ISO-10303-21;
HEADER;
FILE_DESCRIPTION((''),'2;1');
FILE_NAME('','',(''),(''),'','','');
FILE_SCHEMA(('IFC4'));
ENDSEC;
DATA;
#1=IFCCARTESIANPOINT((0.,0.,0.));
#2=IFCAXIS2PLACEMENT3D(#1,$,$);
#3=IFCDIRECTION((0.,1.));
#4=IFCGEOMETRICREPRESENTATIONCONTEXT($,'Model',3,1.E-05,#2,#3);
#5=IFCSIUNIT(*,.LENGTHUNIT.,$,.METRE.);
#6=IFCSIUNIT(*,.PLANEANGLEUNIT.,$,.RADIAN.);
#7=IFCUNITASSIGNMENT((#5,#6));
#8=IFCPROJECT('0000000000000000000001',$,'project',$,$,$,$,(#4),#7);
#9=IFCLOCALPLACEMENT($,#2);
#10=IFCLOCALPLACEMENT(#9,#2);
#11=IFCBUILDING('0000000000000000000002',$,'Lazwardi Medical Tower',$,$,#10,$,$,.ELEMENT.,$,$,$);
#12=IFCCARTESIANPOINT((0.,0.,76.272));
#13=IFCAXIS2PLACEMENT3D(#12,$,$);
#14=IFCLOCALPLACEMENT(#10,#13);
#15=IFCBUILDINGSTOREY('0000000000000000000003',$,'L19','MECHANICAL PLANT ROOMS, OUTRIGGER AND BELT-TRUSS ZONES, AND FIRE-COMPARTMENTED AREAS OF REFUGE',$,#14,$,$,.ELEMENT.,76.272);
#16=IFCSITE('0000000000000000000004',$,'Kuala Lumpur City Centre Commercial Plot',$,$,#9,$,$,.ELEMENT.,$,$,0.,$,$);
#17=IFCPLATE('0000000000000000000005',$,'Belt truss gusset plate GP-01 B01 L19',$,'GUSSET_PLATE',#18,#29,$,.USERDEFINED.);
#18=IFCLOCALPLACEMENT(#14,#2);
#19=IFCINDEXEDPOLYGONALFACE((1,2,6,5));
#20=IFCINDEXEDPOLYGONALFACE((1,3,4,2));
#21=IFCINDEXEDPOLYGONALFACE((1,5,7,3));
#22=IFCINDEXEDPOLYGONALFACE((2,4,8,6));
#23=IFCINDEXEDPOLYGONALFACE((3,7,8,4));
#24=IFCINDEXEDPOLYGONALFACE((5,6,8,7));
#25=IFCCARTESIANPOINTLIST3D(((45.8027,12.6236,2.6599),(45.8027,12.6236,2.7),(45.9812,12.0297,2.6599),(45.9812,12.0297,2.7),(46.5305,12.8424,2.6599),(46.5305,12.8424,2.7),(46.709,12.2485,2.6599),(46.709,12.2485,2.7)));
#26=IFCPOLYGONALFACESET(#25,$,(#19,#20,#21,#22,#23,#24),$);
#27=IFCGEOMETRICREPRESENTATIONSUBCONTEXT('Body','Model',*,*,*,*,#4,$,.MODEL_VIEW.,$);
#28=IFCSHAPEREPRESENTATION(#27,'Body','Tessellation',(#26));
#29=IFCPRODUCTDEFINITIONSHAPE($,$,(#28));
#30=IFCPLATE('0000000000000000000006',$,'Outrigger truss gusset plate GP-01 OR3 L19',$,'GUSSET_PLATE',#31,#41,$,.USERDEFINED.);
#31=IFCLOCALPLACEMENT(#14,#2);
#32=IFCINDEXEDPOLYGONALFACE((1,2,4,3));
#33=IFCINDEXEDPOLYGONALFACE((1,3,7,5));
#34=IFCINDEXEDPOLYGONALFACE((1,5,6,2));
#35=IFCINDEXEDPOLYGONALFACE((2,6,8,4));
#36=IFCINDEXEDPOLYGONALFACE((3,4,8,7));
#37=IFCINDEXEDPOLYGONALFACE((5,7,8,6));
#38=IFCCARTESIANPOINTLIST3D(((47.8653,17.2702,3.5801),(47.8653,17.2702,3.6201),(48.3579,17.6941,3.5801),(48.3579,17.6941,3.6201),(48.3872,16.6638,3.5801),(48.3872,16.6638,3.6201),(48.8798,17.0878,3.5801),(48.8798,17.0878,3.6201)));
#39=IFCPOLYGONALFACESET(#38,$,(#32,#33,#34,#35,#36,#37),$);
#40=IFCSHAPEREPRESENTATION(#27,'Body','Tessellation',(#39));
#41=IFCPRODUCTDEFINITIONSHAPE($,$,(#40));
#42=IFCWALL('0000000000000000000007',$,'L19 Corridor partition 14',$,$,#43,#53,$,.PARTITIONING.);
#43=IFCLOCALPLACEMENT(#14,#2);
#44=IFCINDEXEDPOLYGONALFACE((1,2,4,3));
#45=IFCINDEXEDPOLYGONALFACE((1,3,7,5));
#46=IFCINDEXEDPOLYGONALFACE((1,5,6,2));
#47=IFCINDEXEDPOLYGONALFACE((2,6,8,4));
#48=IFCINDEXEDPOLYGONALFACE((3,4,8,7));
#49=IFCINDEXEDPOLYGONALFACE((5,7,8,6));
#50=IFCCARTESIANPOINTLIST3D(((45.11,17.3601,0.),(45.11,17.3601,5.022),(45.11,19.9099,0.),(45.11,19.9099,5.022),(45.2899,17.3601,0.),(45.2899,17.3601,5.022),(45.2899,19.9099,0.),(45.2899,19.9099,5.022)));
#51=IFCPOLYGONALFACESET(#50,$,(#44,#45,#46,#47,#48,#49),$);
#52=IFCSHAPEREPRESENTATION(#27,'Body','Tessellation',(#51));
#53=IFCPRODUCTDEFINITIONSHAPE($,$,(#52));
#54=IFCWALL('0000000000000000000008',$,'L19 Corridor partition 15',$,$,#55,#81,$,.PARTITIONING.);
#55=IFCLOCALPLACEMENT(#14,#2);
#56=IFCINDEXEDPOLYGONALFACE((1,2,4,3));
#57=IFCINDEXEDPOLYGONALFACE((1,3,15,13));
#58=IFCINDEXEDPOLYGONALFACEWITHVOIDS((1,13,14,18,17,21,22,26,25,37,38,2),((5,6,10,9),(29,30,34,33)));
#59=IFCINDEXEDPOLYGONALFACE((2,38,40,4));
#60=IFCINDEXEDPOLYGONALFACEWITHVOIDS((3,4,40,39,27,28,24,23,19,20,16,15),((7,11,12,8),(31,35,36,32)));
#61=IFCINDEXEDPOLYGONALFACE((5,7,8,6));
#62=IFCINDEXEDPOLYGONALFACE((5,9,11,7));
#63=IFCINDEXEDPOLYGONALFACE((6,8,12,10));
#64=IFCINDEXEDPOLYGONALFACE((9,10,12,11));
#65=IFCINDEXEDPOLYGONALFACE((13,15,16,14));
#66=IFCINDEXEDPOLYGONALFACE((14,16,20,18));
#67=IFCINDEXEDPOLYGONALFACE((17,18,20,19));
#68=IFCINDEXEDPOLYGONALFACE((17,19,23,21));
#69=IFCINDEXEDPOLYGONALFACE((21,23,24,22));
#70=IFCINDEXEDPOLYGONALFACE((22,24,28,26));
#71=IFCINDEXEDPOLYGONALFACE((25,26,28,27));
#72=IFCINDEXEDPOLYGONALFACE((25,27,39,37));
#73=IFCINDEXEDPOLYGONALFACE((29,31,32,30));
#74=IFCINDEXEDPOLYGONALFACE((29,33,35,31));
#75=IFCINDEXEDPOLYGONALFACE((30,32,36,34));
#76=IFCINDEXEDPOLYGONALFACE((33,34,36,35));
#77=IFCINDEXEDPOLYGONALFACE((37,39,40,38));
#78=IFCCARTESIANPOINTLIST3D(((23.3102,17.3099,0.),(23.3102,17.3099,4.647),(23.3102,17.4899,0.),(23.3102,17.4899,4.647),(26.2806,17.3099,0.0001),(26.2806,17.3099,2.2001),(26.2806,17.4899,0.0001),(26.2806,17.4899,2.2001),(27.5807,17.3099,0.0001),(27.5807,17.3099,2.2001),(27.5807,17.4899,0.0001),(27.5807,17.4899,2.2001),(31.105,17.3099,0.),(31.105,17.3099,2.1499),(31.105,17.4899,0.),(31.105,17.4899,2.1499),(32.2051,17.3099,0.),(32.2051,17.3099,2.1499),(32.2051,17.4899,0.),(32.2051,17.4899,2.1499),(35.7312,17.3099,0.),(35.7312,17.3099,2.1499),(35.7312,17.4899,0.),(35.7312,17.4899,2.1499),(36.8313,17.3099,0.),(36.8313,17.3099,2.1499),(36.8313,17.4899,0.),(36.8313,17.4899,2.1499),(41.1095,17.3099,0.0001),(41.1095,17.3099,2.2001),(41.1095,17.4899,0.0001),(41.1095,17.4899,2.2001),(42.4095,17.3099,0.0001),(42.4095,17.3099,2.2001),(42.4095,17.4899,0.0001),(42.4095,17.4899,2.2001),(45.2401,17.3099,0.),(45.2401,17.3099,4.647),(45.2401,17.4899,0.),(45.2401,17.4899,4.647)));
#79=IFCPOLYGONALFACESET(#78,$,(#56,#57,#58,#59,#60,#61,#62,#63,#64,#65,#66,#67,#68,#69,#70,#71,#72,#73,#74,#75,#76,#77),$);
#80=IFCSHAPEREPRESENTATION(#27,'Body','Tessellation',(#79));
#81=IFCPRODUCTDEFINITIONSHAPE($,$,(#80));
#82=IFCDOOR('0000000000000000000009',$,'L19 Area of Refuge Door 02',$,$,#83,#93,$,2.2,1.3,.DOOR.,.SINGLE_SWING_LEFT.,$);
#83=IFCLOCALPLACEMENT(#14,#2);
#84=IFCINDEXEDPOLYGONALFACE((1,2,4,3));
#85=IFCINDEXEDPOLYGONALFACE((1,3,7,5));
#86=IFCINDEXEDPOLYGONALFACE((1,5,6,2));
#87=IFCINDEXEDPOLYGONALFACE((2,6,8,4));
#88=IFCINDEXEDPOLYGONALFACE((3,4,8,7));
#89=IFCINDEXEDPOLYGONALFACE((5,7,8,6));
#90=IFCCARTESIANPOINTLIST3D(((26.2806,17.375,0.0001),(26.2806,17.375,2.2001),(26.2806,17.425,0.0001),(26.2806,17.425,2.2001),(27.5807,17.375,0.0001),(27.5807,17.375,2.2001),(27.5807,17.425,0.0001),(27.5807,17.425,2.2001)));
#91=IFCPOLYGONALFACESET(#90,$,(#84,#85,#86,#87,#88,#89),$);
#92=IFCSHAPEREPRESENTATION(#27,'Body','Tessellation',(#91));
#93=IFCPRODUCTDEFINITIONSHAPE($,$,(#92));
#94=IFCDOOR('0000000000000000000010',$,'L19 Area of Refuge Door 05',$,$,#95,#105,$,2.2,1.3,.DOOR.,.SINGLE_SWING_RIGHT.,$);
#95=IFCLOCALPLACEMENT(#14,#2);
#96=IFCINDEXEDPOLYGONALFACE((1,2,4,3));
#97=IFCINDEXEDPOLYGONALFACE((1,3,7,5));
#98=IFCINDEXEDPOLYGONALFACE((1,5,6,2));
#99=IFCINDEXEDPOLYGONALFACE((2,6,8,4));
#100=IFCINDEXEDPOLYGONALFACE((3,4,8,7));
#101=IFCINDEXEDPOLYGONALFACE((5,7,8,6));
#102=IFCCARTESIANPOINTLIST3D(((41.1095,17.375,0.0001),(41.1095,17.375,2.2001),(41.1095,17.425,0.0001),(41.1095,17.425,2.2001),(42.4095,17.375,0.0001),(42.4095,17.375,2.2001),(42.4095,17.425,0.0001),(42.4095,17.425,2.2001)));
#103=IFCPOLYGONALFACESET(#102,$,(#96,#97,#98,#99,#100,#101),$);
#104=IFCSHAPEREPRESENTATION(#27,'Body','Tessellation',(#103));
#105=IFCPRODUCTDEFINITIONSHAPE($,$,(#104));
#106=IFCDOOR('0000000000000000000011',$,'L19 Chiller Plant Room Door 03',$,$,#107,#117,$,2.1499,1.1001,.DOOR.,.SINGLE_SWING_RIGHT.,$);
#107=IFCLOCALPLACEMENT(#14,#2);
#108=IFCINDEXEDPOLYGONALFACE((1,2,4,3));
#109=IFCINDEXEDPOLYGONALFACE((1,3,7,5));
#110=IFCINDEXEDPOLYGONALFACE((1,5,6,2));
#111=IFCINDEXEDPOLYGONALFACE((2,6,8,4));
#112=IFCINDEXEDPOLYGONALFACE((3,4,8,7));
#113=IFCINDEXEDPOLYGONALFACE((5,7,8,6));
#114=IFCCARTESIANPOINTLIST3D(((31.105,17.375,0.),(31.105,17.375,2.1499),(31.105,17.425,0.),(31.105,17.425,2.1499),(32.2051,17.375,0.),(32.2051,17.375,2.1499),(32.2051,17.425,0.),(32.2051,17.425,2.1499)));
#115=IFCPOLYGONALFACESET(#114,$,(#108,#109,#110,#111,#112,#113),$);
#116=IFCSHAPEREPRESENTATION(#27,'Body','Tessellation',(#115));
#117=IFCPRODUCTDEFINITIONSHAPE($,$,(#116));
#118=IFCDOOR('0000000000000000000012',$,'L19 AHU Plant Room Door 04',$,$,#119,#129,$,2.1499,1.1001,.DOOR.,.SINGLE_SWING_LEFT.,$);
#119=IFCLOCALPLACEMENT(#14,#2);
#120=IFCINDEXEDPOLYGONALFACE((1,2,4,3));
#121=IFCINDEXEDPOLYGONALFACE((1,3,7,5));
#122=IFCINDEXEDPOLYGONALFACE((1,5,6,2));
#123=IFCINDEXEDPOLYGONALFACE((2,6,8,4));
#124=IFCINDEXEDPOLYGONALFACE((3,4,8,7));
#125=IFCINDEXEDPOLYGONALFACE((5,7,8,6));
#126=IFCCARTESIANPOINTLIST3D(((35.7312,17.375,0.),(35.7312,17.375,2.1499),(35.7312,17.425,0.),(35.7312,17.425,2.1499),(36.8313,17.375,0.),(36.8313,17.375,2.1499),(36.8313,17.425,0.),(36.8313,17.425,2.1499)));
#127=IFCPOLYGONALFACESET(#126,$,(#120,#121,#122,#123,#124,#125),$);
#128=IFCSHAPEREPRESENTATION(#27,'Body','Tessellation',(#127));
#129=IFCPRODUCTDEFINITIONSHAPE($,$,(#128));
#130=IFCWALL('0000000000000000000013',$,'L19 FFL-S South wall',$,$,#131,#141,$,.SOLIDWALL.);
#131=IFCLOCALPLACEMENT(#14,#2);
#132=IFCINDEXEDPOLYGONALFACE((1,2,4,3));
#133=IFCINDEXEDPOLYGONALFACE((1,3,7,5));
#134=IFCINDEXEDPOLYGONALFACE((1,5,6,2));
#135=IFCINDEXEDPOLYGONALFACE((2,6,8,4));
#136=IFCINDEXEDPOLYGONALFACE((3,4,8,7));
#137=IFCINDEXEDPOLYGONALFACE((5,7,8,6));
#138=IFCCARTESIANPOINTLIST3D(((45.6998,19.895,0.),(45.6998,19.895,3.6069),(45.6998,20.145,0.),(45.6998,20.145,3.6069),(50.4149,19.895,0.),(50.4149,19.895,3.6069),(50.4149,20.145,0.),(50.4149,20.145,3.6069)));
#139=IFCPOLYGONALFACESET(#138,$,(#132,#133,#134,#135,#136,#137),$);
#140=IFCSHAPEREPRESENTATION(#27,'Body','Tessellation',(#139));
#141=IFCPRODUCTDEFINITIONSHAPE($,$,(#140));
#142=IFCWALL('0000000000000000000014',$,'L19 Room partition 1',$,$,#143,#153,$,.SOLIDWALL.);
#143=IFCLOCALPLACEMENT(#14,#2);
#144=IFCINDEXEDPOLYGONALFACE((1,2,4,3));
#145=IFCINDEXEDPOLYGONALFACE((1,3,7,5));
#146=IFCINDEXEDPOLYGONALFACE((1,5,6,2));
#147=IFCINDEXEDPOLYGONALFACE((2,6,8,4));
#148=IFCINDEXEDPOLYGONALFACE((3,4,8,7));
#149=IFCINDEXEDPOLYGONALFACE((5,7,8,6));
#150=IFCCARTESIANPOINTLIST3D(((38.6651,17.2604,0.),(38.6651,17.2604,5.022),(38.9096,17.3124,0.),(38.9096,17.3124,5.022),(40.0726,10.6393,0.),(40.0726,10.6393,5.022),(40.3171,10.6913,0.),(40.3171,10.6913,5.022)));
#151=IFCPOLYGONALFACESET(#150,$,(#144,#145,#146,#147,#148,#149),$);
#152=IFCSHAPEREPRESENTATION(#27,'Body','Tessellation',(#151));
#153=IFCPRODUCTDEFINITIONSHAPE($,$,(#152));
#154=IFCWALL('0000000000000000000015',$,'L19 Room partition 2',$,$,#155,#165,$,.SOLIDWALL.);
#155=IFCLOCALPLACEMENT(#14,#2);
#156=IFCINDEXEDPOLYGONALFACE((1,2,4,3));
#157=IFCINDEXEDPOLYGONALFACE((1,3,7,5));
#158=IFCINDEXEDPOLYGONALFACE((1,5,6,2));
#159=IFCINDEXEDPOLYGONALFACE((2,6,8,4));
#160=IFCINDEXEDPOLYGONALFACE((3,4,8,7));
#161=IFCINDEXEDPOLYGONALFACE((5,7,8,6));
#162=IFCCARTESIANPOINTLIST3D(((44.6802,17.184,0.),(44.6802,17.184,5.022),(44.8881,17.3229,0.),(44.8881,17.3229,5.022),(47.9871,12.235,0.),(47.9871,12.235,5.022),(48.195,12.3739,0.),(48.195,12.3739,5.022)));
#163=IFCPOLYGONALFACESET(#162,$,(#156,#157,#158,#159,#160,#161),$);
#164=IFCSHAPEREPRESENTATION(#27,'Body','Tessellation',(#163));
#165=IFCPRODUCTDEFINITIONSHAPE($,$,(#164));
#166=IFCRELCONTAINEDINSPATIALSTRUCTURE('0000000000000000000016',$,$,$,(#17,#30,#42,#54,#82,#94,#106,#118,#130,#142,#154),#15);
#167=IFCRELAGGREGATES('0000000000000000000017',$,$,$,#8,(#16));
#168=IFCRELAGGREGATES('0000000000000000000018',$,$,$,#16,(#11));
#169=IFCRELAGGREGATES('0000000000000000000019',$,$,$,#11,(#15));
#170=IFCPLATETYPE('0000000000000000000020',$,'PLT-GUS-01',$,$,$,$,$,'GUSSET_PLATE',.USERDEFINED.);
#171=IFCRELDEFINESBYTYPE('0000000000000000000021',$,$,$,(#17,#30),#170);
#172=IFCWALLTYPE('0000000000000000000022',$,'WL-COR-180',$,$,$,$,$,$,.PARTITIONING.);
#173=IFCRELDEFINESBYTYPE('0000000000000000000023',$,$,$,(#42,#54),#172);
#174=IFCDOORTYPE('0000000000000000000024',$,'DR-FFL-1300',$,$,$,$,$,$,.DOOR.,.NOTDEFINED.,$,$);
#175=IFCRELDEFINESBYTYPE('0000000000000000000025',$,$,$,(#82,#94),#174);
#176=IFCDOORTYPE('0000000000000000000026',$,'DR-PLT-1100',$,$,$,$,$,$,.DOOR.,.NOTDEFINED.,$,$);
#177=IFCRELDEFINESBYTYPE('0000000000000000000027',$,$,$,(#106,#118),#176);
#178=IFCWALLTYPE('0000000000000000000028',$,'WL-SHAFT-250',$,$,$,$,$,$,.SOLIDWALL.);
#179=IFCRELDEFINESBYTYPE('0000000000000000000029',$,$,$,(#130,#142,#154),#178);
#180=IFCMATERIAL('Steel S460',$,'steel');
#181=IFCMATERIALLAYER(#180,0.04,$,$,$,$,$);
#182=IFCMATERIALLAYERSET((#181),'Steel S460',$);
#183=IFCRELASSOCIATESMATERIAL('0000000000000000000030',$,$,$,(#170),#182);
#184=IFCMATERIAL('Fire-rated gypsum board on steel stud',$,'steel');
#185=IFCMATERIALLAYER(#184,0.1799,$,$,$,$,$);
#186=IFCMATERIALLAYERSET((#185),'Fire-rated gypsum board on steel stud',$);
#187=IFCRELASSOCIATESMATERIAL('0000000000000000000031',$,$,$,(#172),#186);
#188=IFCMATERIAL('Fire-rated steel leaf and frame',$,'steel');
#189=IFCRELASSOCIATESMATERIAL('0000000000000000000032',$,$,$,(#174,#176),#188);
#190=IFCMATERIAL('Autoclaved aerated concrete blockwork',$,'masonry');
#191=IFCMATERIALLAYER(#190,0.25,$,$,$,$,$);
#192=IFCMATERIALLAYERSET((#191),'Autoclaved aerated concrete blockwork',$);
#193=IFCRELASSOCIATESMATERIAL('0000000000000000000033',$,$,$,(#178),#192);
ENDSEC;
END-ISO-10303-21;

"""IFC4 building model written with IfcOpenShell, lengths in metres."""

from ifc_helpers import new_model, si_unit, direction, frame, frame_2d, origin, origin_2d, place, context, subcontext, project, spatial, rectangle, extrude, material, layer, layer_set, type_object, element, fill, save


model = new_model("IFC4")

# Units and contexts
model_context = context("Model", 3, precision=1e-05, world=origin(), true_north=direction((0.0, 1.0)))
body_context = subcontext(model_context, "Body", "Model", "MODEL_VIEW")
ifc_project = project(units=[si_unit("LENGTHUNIT", "METRE"), si_unit("PLANEANGLEUNIT", "RADIAN")], contexts=[model_context])

# Site, building, storey
site_placement = place(None, origin())
site = spatial("IfcSite", under=ifc_project, at=site_placement, Name="Kuala Lumpur City Centre Commercial Plot", CompositionType="ELEMENT", RefElevation=0.0)
building_placement = place(site_placement, origin())
building = spatial("IfcBuilding", under=site, at=building_placement, Name="Lazwardi Medical Tower", CompositionType="ELEMENT")
storey_placement = place(building_placement, frame((0.0, 0.0, 76.272)))
storey = spatial("IfcBuildingStorey", under=building, at=storey_placement, Name="L19", Description="MECHANICAL PLANT ROOMS, OUTRIGGER AND BELT-TRUSS ZONES, AND FIRE-COMPARTMENTED AREAS OF REFUGE", CompositionType="ELEMENT", Elevation=76.272)

# Shared definitions
ifc_material_1 = material(Name="Steel S460", Category="steel")

# Plates
ifc_layer_1 = layer(ifc_material_1, 0.04)
ifc_layer_set_1 = layer_set([ifc_layer_1], Name="Steel S460")
plate_type = type_object("IfcPlateType", Name="PLT-GUS-01", ElementType="GUSSET_PLATE", PredefinedType="USERDEFINED", material=ifc_layer_set_1)
for number, where, z_axis, x_axis, name in (
    (1, (46.2559, 12.436, 2.6599), (0.0, 0.0, 1.0), (0.957672, 0.287862, 0.0), "Belt truss gusset plate GP-01 B01 L19"),
):
    element("IfcPlate", number, at=place(storey_placement, frame(where, z_axis=z_axis, x_axis=x_axis)), inside=storey, type_object=plate_type, Name=name, ObjectType="GUSSET_PLATE", PredefinedType="USERDEFINED", context=body_context, shape_type="SweptSolid", body=[
        extrude(rectangle(XDim=0.76, YDim=0.6201, at=origin_2d()), origin(), (0.0, 0.0, 1.0), 0.04),
    ])
plate_placement = place(storey_placement, frame((48.3726, 17.179, 3.5801), z_axis=(0.0, 0.0, 1.0), x_axis=(0.652363, -0.757907, 0.0)))
element("IfcPlate", 2, at=plate_placement, inside=storey, type_object=plate_type, Name="Outrigger truss gusset plate GP-01 OR3 L19", ObjectType="GUSSET_PLATE", PredefinedType="USERDEFINED", context=body_context, shape_type="SweptSolid", body=[
    extrude(rectangle(XDim=0.8, YDim=0.6499, at=origin_2d()), origin(), (0.0, 0.0, 1.0), 0.04),
])

# Wall
ifc_material_2 = material(Name="Fire-rated gypsum board on steel stud", Category="steel")
ifc_layer_2 = layer(ifc_material_2, 0.1799)
ifc_layer_set_2 = layer_set([ifc_layer_2], Name="Fire-rated gypsum board on steel stud")
wall_type_1 = type_object("IfcWallType", Name="WL-COR-180", PredefinedType="PARTITIONING", material=ifc_layer_set_2)
wall_1_placement = place(storey_placement, frame((45.2, 19.9099, 0.0), z_axis=(0.0, 0.0, 1.0), x_axis=(0.0, -1.0, 0.0)))
element("IfcWall", 3, at=wall_1_placement, inside=storey, type_object=wall_type_1, Name="L19 Corridor partition 14", PredefinedType="PARTITIONING", context=body_context, shape_type="SweptSolid", body=[
    extrude(rectangle(XDim=2.5498, YDim=0.1799, at=frame_2d((1.2749, 0.0))), origin(), (0.0, 0.0, 1.0), 5.022),
])

# Wall, openings, doors
wall_2_placement = place(storey_placement, frame((45.24, 17.3999, 0.0), z_axis=(0.0, 0.0, 1.0), x_axis=(-1.0, 0.0, 0.0)))
wall_2 = element("IfcWall", 4, at=wall_2_placement, inside=storey, type_object=wall_type_1, Name="L19 Corridor partition 15", PredefinedType="PARTITIONING", context=body_context, shape_type="SweptSolid", body=[
    extrude(rectangle(XDim=21.9299, YDim=0.1799, at=frame_2d((10.9648, 0.0))), origin(), (0.0, 0.0, 1.0), 4.647),
])
opening_1_placement = place(wall_2_placement, frame((17.6594, 0.0, 0.0)))
opening_1 = element("IfcOpeningElement", 5, at=opening_1_placement, cuts=wall_2, PredefinedType="OPENING", context=body_context, shape_type="SweptSolid", body=[
    extrude(rectangle(XDim=1.3, YDim=2.2, at=frame_2d((0.6499, 1.1001))), frame((0.0, 0.0999, 0.0), z_axis=(0.0, -1.0, 0.0), x_axis=(1.0, 0.0, 0.0)), (0.0, 0.0, 1.0), 0.2),
])
opening_2_placement = place(wall_2_placement, frame((13.0349, 0.0, 0.0)))
opening_2 = element("IfcOpeningElement", 6, at=opening_2_placement, cuts=wall_2, PredefinedType="OPENING", context=body_context, shape_type="SweptSolid", body=[
    extrude(rectangle(XDim=1.1001, YDim=2.1499, at=frame_2d((0.55, 1.075))), frame((0.0, 0.0999, 0.0), z_axis=(0.0, -1.0, 0.0), x_axis=(1.0, 0.0, 0.0)), (0.0, 0.0, 1.0), 0.2),
])
opening_3_placement = place(wall_2_placement, frame((8.4087, 0.0, 0.0)))
opening_3 = element("IfcOpeningElement", 7, at=opening_3_placement, cuts=wall_2, PredefinedType="OPENING", context=body_context, shape_type="SweptSolid", body=[
    extrude(rectangle(XDim=1.1001, YDim=2.1499, at=frame_2d((0.55, 1.075))), frame((0.0, 0.0999, 0.0), z_axis=(0.0, -1.0, 0.0), x_axis=(1.0, 0.0, 0.0)), (0.0, 0.0, 1.0), 0.2),
])
opening_4_placement = place(wall_2_placement, frame((2.8306, 0.0, 0.0)))
opening_4 = element("IfcOpeningElement", 8, at=opening_4_placement, cuts=wall_2, PredefinedType="OPENING", context=body_context, shape_type="SweptSolid", body=[
    extrude(rectangle(XDim=1.3, YDim=2.2, at=frame_2d((0.6499, 1.1001))), frame((0.0, 0.0999, 0.0), z_axis=(0.0, -1.0, 0.0), x_axis=(1.0, 0.0, 0.0)), (0.0, 0.0, 1.0), 0.2),
])
ifc_material_3 = material(Name="Fire-rated steel leaf and frame", Category="steel")
door_type_1 = type_object("IfcDoorType", Name="DR-FFL-1300", OperationType="NOTDEFINED", PredefinedType="DOOR", material=ifc_material_3)
door_1_placement = place(opening_1_placement, origin())
door_1 = element("IfcDoor", 9, at=door_1_placement, inside=storey, type_object=door_type_1, Name="L19 Area of Refuge Door 02", OperationType="SINGLE_SWING_LEFT", OverallHeight=2.2, OverallWidth=1.3, PredefinedType="DOOR", context=body_context, shape_type="SweptSolid", body=[
    extrude(rectangle(XDim=1.3, YDim=2.2, at=frame_2d((0.6499, 1.1001))), frame((0.0, 0.0249, 0.0), z_axis=(0.0, -1.0, 0.0), x_axis=(1.0, 0.0, 0.0)), (0.0, 0.0, 1.0), 0.05),
])
fill(opening_1, door_1)
door_2_placement = place(opening_4_placement, origin())
door_2 = element("IfcDoor", 10, at=door_2_placement, inside=storey, type_object=door_type_1, Name="L19 Area of Refuge Door 05", OperationType="SINGLE_SWING_RIGHT", OverallHeight=2.2, OverallWidth=1.3, PredefinedType="DOOR", context=body_context, shape_type="SweptSolid", body=[
    extrude(rectangle(XDim=1.3, YDim=2.2, at=frame_2d((0.6499, 1.1001))), frame((0.0, 0.0249, 0.0), z_axis=(0.0, -1.0, 0.0), x_axis=(1.0, 0.0, 0.0)), (0.0, 0.0, 1.0), 0.05),
])
fill(opening_4, door_2)
door_type_2 = type_object("IfcDoorType", Name="DR-PLT-1100", OperationType="NOTDEFINED", PredefinedType="DOOR", material=ifc_material_3)
door_3_placement = place(opening_2_placement, origin())
door_3 = element("IfcDoor", 11, at=door_3_placement, inside=storey, type_object=door_type_2, Name="L19 Chiller Plant Room Door 03", OperationType="SINGLE_SWING_RIGHT", OverallHeight=2.1499, OverallWidth=1.1001, PredefinedType="DOOR", context=body_context, shape_type="SweptSolid", body=[
    extrude(rectangle(XDim=1.1001, YDim=2.1499, at=frame_2d((0.55, 1.075))), frame((0.0, 0.0249, 0.0), z_axis=(0.0, -1.0, 0.0), x_axis=(1.0, 0.0, 0.0)), (0.0, 0.0, 1.0), 0.05),
])
fill(opening_2, door_3)
door_4_placement = place(opening_3_placement, origin())
door_4 = element("IfcDoor", 12, at=door_4_placement, inside=storey, type_object=door_type_2, Name="L19 AHU Plant Room Door 04", OperationType="SINGLE_SWING_LEFT", OverallHeight=2.1499, OverallWidth=1.1001, PredefinedType="DOOR", context=body_context, shape_type="SweptSolid", body=[
    extrude(rectangle(XDim=1.1001, YDim=2.1499, at=frame_2d((0.55, 1.075))), frame((0.0, 0.0249, 0.0), z_axis=(0.0, -1.0, 0.0), x_axis=(1.0, 0.0, 0.0)), (0.0, 0.0, 1.0), 0.05),
])
fill(opening_3, door_4)

# Walls
ifc_material_4 = material(Name="Autoclaved aerated concrete blockwork", Category="masonry")
ifc_layer_3 = layer(ifc_material_4, 0.25)
ifc_layer_set_3 = layer_set([ifc_layer_3], Name="Autoclaved aerated concrete blockwork")
wall_type_2 = type_object("IfcWallType", Name="WL-SHAFT-250", PredefinedType="SOLIDWALL", material=ifc_layer_set_3)
wall_3_placement = place(storey_placement, frame((45.7, 20.02, 0.0), z_axis=(0.0, 0.0, 1.0), x_axis=(1.0, 0.0, 0.0)))
element("IfcWall", 13, at=wall_3_placement, inside=storey, type_object=wall_type_2, Name="L19 FFL-S South wall", PredefinedType="SOLIDWALL", context=body_context, shape_type="SweptSolid", body=[
    extrude(rectangle(XDim=4.7151, YDim=0.25, at=frame_2d((2.3574, 0.0))), origin(), (0.0, 0.0, 1.0), 3.6069),
])
wall_4_placement = place(storey_placement, frame((38.7874, 17.2864, 0.0), z_axis=(0.0, 0.0, 1.0), x_axis=(0.207928, -0.978144, 0.0)))
element("IfcWall", 14, at=wall_4_placement, inside=storey, type_object=wall_type_2, Name="L19 Room partition 1", PredefinedType="SOLIDWALL", context=body_context, shape_type="SweptSolid", body=[
    extrude(rectangle(XDim=6.769, YDim=0.25, at=frame_2d((3.3845, 0.0))), origin(), (0.0, 0.0, 1.0), 5.022),
])
wall_5_placement = place(storey_placement, frame((44.7842, 17.2534, 0.0), z_axis=(0.0, 0.0, 1.0), x_axis=(0.55558, -0.831463, 0.0)))
element("IfcWall", 15, at=wall_5_placement, inside=storey, type_object=wall_type_2, Name="L19 Room partition 2", PredefinedType="SOLIDWALL", context=body_context, shape_type="SweptSolid", body=[
    extrude(rectangle(XDim=5.9521, YDim=0.25, at=frame_2d((2.9761, 0.0))), origin(), (0.0, 0.0, 1.0), 5.022),
])

save(model, "model.ifc")
